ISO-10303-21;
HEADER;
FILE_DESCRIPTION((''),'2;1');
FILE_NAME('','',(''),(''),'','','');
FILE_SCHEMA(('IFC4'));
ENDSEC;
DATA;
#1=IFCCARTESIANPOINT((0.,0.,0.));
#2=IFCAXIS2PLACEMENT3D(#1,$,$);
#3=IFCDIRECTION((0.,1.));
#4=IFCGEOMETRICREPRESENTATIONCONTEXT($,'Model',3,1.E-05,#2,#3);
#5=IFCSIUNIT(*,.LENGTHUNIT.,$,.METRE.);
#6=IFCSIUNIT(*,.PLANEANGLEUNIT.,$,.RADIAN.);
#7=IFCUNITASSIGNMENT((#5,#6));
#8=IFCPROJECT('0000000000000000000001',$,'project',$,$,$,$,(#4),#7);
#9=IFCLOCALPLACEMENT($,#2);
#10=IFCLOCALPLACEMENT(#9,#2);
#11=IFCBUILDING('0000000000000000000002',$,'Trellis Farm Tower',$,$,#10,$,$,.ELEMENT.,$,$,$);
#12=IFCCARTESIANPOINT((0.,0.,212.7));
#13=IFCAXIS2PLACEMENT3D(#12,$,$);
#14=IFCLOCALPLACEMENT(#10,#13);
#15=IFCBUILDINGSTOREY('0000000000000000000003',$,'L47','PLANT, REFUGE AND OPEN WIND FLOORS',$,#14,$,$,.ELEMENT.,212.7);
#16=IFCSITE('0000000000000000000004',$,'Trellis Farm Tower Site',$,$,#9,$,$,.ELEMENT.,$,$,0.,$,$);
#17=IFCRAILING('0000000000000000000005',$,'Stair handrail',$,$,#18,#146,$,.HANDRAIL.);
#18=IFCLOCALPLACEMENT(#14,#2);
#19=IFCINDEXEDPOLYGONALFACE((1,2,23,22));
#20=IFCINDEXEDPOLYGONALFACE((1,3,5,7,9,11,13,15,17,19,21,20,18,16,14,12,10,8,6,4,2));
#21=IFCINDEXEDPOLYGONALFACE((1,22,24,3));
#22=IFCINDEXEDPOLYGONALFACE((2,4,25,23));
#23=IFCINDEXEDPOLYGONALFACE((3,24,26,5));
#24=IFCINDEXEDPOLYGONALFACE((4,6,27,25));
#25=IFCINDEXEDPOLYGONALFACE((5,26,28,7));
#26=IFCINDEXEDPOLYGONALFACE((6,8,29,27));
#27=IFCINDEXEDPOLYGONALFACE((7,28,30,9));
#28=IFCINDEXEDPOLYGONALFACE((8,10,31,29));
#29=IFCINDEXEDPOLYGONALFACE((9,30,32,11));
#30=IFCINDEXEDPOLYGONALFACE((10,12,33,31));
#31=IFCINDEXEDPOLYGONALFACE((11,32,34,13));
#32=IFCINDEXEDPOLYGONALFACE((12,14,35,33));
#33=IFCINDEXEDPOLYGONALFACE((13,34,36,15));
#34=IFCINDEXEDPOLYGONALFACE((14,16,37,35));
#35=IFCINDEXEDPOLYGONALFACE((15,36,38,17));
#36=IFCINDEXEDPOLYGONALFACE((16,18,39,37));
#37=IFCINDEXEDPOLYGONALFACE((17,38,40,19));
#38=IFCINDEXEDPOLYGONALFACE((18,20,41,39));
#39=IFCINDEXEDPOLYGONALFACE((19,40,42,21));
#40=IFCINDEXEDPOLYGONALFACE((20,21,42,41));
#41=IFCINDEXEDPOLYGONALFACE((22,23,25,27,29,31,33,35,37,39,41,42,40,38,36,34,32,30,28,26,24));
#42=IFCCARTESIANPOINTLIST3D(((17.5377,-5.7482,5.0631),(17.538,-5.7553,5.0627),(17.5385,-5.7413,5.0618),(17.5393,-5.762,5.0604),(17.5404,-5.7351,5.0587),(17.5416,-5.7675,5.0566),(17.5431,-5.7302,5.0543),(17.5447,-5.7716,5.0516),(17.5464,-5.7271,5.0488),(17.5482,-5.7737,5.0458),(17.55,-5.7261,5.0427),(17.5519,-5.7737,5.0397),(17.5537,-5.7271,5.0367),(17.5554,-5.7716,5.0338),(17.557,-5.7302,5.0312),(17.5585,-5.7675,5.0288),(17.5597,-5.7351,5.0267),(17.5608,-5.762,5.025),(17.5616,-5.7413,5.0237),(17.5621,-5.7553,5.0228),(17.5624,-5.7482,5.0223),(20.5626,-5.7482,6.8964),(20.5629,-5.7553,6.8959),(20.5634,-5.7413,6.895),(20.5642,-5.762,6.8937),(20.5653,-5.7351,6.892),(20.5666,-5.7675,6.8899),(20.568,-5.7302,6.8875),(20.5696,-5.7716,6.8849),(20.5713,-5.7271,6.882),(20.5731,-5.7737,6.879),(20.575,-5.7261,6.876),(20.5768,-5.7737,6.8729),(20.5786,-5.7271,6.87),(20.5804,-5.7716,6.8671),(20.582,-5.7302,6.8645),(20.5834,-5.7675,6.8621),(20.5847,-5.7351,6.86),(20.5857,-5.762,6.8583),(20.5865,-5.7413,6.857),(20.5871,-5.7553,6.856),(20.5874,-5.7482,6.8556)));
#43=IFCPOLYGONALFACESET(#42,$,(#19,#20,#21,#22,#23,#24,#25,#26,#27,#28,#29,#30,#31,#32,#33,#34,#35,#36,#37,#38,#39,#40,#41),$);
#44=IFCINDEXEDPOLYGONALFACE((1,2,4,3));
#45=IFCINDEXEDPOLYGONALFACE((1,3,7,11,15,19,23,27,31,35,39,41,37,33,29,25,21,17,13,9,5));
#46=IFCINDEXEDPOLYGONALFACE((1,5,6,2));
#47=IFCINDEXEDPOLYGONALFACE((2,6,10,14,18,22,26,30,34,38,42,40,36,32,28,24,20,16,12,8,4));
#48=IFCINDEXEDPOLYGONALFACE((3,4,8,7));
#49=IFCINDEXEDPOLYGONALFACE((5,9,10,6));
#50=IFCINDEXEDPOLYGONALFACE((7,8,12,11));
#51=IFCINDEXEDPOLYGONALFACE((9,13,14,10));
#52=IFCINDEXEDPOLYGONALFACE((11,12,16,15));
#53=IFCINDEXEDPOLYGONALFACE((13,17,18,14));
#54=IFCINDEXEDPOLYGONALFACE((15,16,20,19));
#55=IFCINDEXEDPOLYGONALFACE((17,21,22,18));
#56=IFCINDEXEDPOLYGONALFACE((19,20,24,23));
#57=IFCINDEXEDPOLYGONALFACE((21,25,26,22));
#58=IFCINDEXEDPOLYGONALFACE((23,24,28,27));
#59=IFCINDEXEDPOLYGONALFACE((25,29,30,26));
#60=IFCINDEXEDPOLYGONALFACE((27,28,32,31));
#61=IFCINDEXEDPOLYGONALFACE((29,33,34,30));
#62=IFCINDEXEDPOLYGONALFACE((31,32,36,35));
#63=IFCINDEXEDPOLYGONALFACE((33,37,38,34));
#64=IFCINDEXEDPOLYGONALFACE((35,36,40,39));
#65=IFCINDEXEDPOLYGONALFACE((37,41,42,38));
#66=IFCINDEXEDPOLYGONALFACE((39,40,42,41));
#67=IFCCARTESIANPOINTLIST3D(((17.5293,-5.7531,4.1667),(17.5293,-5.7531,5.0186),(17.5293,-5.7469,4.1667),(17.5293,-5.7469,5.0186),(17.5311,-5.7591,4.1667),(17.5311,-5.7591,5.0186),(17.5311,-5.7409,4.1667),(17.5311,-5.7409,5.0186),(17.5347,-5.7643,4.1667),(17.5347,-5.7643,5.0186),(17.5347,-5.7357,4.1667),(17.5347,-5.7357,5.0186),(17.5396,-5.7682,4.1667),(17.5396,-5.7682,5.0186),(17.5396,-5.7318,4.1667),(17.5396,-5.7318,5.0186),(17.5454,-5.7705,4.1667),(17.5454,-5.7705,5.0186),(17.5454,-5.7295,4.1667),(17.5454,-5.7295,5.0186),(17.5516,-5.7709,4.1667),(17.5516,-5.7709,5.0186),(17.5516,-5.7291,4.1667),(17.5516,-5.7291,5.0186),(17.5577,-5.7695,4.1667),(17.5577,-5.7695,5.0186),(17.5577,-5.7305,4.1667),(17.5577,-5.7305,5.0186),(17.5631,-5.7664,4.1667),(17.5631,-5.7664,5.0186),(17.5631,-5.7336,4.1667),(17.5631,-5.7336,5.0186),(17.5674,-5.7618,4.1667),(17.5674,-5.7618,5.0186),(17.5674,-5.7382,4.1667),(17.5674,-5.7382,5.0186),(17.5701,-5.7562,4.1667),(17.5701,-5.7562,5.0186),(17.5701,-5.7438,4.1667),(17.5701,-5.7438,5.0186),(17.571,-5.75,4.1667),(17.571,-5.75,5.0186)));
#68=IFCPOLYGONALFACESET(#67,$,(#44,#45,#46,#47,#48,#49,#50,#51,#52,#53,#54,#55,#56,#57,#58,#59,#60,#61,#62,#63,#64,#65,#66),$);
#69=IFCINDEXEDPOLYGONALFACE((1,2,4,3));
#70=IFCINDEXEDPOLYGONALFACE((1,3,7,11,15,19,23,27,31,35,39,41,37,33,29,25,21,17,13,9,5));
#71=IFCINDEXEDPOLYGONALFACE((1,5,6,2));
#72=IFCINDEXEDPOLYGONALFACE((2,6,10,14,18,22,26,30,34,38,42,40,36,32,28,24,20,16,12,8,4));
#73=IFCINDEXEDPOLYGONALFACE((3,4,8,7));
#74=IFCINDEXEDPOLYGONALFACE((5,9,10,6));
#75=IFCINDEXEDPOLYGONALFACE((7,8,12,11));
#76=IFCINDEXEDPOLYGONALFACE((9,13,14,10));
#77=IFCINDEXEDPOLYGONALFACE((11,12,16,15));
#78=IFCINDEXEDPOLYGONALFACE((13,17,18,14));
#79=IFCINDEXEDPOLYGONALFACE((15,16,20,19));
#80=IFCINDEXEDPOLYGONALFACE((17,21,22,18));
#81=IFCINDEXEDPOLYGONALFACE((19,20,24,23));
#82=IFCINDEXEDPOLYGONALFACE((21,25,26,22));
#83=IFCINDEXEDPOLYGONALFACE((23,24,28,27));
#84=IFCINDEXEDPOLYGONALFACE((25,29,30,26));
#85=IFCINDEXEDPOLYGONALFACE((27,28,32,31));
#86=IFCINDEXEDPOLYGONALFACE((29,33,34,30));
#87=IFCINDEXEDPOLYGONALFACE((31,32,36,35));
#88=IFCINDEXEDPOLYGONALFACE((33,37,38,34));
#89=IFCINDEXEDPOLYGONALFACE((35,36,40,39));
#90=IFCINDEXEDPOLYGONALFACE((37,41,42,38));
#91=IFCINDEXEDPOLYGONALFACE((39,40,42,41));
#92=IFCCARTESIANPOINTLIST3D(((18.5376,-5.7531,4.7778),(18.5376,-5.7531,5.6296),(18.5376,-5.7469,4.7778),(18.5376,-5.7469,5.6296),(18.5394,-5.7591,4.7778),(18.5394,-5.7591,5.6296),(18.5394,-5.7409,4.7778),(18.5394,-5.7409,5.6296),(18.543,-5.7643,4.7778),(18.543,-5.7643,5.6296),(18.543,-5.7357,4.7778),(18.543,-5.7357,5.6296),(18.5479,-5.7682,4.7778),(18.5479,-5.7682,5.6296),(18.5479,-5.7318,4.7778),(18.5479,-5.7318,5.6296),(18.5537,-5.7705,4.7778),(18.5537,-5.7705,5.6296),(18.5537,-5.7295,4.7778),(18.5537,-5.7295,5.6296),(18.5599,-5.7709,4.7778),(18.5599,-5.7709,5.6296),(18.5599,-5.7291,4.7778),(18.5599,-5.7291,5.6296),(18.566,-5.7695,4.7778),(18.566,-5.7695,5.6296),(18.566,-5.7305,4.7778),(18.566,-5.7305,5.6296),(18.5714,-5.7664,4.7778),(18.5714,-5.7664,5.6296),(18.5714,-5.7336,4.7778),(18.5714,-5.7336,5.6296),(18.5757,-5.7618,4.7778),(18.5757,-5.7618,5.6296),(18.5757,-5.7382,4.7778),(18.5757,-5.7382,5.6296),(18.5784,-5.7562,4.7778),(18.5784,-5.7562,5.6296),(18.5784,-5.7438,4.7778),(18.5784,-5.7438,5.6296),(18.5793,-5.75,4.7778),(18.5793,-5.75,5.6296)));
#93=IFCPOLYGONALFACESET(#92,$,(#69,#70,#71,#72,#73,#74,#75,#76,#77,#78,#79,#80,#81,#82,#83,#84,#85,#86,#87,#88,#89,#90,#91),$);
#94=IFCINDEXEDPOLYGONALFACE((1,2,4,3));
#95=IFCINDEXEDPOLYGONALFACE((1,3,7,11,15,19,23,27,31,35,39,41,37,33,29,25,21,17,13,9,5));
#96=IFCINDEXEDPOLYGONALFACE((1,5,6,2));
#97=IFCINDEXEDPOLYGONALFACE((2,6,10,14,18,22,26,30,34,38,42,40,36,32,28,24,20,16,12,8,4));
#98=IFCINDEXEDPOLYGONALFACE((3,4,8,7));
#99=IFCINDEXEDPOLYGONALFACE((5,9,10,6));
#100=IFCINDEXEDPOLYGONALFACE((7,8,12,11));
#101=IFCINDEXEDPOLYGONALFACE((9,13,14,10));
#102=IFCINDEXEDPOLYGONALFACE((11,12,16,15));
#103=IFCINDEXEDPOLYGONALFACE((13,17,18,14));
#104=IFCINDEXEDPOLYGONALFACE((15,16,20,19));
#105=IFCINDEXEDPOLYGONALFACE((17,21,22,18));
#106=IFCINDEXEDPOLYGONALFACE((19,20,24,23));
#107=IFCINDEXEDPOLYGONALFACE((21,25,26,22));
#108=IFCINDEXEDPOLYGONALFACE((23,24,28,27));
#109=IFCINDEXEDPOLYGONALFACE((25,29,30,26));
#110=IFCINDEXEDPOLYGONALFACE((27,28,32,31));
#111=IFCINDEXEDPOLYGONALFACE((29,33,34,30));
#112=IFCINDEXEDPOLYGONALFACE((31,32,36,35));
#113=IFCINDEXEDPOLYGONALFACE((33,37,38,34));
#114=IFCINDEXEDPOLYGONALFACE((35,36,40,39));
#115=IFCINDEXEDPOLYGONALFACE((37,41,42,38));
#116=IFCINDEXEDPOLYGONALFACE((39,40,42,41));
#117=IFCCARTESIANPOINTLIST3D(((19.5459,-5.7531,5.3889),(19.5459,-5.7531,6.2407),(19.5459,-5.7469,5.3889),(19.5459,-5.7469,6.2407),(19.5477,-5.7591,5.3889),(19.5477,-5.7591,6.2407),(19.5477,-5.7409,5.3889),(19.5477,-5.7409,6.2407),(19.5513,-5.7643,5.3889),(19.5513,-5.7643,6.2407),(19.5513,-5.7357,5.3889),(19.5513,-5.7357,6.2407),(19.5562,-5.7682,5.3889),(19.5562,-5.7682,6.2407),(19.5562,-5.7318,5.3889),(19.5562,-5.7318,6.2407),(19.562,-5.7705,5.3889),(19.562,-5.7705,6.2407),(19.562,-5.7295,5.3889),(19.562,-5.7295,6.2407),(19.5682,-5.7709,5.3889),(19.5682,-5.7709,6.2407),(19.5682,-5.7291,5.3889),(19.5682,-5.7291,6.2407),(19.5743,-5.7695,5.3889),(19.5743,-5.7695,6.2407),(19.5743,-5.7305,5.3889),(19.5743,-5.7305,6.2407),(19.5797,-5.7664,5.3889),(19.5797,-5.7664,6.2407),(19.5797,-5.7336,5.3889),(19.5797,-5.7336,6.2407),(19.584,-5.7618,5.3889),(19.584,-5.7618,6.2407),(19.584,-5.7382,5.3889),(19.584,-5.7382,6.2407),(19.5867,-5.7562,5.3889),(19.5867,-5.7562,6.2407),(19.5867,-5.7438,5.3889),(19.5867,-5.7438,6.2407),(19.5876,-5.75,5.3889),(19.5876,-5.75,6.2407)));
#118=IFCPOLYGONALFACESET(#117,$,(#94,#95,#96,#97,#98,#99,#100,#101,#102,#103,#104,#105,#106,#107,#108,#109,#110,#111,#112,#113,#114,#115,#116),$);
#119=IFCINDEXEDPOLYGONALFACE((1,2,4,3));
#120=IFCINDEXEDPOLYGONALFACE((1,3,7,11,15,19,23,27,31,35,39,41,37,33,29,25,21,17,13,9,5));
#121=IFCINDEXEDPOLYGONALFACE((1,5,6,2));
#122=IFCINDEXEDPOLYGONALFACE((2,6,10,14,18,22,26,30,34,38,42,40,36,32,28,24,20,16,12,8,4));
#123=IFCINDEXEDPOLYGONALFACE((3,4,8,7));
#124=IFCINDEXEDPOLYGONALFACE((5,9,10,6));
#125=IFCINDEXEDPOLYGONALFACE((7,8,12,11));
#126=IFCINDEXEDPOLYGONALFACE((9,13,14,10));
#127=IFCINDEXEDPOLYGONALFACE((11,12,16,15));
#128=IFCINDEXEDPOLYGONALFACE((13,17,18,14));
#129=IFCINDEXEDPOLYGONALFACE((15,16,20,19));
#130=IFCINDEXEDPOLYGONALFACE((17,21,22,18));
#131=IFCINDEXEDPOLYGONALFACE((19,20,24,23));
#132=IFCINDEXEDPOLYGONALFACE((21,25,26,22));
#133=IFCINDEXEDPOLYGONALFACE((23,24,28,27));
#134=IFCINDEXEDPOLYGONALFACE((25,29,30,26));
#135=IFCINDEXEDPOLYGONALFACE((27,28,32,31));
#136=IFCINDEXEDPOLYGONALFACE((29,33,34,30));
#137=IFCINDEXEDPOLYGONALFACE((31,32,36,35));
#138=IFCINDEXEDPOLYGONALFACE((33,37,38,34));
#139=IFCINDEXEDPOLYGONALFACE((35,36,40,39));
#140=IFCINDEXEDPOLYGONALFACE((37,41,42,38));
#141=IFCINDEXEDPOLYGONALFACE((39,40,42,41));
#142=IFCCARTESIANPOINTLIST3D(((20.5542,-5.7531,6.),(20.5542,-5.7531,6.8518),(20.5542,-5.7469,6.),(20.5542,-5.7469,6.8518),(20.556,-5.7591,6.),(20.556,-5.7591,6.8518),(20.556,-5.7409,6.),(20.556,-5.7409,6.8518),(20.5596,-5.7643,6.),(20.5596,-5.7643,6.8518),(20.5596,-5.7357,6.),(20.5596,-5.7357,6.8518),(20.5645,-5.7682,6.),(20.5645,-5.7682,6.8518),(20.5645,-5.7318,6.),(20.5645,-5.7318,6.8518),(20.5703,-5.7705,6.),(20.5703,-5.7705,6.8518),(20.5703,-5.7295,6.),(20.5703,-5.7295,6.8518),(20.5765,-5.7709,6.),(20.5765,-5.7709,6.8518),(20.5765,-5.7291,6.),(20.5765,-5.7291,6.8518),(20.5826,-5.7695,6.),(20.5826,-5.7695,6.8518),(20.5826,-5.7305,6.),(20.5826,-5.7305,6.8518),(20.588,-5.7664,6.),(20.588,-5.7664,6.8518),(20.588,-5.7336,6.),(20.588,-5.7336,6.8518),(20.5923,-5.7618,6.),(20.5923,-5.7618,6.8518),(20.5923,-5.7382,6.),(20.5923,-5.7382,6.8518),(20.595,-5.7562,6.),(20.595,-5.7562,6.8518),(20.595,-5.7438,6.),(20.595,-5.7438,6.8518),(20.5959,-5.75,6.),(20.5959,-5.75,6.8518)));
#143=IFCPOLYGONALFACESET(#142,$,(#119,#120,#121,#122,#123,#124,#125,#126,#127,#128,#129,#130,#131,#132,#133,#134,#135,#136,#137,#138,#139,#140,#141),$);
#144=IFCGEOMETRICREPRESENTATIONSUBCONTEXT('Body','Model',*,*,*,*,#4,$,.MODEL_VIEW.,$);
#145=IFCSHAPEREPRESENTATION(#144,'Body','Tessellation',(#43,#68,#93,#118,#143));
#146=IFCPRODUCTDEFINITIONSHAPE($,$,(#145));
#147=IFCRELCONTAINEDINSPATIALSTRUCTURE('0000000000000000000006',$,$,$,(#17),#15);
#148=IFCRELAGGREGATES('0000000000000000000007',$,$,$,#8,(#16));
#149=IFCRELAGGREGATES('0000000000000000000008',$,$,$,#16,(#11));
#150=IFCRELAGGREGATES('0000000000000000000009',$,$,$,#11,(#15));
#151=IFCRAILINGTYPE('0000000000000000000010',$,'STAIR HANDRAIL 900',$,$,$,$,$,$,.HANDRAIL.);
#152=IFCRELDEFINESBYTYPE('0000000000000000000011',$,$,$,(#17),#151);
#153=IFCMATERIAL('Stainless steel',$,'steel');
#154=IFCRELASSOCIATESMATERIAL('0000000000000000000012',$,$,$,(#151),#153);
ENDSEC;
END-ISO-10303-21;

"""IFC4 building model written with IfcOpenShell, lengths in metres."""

from ifc_helpers import new_model, si_unit, direction, frame, origin, origin_2d, place, context, subcontext, project, spatial, circle, extrude, source, transform, mapped, material, type_object, element, save


model = new_model("IFC4")

# Units and contexts
model_context = context("Model", 3, precision=1e-05, world=origin(), true_north=direction((0.0, 1.0)))
body_context = subcontext(model_context, "Body", "Model", "MODEL_VIEW")
ifc_project = project(units=[si_unit("LENGTHUNIT", "METRE"), si_unit("PLANEANGLEUNIT", "RADIAN")], contexts=[model_context])

# Site, building, storey
site_placement = place(None, origin())
site = spatial("IfcSite", under=ifc_project, at=site_placement, Name="Trellis Farm Tower Site", CompositionType="ELEMENT", RefElevation=0.0)
building_placement = place(site_placement, origin())
building = spatial("IfcBuilding", under=site, at=building_placement, Name="Trellis Farm Tower", CompositionType="ELEMENT")
storey_placement = place(building_placement, frame((0.0, 0.0, 212.7)))
storey = spatial("IfcBuildingStorey", under=building, at=storey_placement, Name="L47", Description="PLANT, REFUGE AND OPEN WIND FLOORS", CompositionType="ELEMENT", Elevation=212.7)

# Railing
ifc_material_1 = material(Name="Stainless steel", Category="steel")
railing_type = type_object("IfcRailingType", Name="STAIR HANDRAIL 900", PredefinedType="HANDRAIL", material=ifc_material_1)
shared_shape_1 = source(origin(), body_context, "Body", "SweptSolid", [
    extrude(circle(Radius=0.0239, at=origin_2d()), frame((0.0, 0.0, 0.876), z_axis=(0.855201, 0.0, 0.518297), x_axis=(0.0, 1.0, 0.0)), (0.0, 0.0, 1.0), 3.5371),
    extrude(circle(Radius=0.021, at=origin_2d()), origin(), (0.0, 0.0, 1.0), 0.8518),
    extrude(circle(Radius=0.021, at=origin_2d()), frame((1.0083, 0.0, 0.6111)), (0.0, 0.0, 1.0), 0.8518),
    extrude(circle(Radius=0.021, at=origin_2d()), frame((2.0166, 0.0, 1.2222)), (0.0, 0.0, 1.0), 0.8518),
    extrude(circle(Radius=0.021, at=origin_2d()), frame((3.0249, 0.0, 1.8333)), (0.0, 0.0, 1.0), 0.8518),
])
for number, where, name in (
    (1, (17.55, -5.75, 4.1667), "Stair handrail"),
):
    element("IfcRailing", number, at=place(storey_placement, frame(where)), inside=storey, type_object=railing_type, Name=name, PredefinedType="HANDRAIL", context=body_context, shape_type="MappedRepresentation", body=[
        mapped(shared_shape_1, transform((0.0, 0.0, 0.0))),
    ])

save(model, "model.ifc")
